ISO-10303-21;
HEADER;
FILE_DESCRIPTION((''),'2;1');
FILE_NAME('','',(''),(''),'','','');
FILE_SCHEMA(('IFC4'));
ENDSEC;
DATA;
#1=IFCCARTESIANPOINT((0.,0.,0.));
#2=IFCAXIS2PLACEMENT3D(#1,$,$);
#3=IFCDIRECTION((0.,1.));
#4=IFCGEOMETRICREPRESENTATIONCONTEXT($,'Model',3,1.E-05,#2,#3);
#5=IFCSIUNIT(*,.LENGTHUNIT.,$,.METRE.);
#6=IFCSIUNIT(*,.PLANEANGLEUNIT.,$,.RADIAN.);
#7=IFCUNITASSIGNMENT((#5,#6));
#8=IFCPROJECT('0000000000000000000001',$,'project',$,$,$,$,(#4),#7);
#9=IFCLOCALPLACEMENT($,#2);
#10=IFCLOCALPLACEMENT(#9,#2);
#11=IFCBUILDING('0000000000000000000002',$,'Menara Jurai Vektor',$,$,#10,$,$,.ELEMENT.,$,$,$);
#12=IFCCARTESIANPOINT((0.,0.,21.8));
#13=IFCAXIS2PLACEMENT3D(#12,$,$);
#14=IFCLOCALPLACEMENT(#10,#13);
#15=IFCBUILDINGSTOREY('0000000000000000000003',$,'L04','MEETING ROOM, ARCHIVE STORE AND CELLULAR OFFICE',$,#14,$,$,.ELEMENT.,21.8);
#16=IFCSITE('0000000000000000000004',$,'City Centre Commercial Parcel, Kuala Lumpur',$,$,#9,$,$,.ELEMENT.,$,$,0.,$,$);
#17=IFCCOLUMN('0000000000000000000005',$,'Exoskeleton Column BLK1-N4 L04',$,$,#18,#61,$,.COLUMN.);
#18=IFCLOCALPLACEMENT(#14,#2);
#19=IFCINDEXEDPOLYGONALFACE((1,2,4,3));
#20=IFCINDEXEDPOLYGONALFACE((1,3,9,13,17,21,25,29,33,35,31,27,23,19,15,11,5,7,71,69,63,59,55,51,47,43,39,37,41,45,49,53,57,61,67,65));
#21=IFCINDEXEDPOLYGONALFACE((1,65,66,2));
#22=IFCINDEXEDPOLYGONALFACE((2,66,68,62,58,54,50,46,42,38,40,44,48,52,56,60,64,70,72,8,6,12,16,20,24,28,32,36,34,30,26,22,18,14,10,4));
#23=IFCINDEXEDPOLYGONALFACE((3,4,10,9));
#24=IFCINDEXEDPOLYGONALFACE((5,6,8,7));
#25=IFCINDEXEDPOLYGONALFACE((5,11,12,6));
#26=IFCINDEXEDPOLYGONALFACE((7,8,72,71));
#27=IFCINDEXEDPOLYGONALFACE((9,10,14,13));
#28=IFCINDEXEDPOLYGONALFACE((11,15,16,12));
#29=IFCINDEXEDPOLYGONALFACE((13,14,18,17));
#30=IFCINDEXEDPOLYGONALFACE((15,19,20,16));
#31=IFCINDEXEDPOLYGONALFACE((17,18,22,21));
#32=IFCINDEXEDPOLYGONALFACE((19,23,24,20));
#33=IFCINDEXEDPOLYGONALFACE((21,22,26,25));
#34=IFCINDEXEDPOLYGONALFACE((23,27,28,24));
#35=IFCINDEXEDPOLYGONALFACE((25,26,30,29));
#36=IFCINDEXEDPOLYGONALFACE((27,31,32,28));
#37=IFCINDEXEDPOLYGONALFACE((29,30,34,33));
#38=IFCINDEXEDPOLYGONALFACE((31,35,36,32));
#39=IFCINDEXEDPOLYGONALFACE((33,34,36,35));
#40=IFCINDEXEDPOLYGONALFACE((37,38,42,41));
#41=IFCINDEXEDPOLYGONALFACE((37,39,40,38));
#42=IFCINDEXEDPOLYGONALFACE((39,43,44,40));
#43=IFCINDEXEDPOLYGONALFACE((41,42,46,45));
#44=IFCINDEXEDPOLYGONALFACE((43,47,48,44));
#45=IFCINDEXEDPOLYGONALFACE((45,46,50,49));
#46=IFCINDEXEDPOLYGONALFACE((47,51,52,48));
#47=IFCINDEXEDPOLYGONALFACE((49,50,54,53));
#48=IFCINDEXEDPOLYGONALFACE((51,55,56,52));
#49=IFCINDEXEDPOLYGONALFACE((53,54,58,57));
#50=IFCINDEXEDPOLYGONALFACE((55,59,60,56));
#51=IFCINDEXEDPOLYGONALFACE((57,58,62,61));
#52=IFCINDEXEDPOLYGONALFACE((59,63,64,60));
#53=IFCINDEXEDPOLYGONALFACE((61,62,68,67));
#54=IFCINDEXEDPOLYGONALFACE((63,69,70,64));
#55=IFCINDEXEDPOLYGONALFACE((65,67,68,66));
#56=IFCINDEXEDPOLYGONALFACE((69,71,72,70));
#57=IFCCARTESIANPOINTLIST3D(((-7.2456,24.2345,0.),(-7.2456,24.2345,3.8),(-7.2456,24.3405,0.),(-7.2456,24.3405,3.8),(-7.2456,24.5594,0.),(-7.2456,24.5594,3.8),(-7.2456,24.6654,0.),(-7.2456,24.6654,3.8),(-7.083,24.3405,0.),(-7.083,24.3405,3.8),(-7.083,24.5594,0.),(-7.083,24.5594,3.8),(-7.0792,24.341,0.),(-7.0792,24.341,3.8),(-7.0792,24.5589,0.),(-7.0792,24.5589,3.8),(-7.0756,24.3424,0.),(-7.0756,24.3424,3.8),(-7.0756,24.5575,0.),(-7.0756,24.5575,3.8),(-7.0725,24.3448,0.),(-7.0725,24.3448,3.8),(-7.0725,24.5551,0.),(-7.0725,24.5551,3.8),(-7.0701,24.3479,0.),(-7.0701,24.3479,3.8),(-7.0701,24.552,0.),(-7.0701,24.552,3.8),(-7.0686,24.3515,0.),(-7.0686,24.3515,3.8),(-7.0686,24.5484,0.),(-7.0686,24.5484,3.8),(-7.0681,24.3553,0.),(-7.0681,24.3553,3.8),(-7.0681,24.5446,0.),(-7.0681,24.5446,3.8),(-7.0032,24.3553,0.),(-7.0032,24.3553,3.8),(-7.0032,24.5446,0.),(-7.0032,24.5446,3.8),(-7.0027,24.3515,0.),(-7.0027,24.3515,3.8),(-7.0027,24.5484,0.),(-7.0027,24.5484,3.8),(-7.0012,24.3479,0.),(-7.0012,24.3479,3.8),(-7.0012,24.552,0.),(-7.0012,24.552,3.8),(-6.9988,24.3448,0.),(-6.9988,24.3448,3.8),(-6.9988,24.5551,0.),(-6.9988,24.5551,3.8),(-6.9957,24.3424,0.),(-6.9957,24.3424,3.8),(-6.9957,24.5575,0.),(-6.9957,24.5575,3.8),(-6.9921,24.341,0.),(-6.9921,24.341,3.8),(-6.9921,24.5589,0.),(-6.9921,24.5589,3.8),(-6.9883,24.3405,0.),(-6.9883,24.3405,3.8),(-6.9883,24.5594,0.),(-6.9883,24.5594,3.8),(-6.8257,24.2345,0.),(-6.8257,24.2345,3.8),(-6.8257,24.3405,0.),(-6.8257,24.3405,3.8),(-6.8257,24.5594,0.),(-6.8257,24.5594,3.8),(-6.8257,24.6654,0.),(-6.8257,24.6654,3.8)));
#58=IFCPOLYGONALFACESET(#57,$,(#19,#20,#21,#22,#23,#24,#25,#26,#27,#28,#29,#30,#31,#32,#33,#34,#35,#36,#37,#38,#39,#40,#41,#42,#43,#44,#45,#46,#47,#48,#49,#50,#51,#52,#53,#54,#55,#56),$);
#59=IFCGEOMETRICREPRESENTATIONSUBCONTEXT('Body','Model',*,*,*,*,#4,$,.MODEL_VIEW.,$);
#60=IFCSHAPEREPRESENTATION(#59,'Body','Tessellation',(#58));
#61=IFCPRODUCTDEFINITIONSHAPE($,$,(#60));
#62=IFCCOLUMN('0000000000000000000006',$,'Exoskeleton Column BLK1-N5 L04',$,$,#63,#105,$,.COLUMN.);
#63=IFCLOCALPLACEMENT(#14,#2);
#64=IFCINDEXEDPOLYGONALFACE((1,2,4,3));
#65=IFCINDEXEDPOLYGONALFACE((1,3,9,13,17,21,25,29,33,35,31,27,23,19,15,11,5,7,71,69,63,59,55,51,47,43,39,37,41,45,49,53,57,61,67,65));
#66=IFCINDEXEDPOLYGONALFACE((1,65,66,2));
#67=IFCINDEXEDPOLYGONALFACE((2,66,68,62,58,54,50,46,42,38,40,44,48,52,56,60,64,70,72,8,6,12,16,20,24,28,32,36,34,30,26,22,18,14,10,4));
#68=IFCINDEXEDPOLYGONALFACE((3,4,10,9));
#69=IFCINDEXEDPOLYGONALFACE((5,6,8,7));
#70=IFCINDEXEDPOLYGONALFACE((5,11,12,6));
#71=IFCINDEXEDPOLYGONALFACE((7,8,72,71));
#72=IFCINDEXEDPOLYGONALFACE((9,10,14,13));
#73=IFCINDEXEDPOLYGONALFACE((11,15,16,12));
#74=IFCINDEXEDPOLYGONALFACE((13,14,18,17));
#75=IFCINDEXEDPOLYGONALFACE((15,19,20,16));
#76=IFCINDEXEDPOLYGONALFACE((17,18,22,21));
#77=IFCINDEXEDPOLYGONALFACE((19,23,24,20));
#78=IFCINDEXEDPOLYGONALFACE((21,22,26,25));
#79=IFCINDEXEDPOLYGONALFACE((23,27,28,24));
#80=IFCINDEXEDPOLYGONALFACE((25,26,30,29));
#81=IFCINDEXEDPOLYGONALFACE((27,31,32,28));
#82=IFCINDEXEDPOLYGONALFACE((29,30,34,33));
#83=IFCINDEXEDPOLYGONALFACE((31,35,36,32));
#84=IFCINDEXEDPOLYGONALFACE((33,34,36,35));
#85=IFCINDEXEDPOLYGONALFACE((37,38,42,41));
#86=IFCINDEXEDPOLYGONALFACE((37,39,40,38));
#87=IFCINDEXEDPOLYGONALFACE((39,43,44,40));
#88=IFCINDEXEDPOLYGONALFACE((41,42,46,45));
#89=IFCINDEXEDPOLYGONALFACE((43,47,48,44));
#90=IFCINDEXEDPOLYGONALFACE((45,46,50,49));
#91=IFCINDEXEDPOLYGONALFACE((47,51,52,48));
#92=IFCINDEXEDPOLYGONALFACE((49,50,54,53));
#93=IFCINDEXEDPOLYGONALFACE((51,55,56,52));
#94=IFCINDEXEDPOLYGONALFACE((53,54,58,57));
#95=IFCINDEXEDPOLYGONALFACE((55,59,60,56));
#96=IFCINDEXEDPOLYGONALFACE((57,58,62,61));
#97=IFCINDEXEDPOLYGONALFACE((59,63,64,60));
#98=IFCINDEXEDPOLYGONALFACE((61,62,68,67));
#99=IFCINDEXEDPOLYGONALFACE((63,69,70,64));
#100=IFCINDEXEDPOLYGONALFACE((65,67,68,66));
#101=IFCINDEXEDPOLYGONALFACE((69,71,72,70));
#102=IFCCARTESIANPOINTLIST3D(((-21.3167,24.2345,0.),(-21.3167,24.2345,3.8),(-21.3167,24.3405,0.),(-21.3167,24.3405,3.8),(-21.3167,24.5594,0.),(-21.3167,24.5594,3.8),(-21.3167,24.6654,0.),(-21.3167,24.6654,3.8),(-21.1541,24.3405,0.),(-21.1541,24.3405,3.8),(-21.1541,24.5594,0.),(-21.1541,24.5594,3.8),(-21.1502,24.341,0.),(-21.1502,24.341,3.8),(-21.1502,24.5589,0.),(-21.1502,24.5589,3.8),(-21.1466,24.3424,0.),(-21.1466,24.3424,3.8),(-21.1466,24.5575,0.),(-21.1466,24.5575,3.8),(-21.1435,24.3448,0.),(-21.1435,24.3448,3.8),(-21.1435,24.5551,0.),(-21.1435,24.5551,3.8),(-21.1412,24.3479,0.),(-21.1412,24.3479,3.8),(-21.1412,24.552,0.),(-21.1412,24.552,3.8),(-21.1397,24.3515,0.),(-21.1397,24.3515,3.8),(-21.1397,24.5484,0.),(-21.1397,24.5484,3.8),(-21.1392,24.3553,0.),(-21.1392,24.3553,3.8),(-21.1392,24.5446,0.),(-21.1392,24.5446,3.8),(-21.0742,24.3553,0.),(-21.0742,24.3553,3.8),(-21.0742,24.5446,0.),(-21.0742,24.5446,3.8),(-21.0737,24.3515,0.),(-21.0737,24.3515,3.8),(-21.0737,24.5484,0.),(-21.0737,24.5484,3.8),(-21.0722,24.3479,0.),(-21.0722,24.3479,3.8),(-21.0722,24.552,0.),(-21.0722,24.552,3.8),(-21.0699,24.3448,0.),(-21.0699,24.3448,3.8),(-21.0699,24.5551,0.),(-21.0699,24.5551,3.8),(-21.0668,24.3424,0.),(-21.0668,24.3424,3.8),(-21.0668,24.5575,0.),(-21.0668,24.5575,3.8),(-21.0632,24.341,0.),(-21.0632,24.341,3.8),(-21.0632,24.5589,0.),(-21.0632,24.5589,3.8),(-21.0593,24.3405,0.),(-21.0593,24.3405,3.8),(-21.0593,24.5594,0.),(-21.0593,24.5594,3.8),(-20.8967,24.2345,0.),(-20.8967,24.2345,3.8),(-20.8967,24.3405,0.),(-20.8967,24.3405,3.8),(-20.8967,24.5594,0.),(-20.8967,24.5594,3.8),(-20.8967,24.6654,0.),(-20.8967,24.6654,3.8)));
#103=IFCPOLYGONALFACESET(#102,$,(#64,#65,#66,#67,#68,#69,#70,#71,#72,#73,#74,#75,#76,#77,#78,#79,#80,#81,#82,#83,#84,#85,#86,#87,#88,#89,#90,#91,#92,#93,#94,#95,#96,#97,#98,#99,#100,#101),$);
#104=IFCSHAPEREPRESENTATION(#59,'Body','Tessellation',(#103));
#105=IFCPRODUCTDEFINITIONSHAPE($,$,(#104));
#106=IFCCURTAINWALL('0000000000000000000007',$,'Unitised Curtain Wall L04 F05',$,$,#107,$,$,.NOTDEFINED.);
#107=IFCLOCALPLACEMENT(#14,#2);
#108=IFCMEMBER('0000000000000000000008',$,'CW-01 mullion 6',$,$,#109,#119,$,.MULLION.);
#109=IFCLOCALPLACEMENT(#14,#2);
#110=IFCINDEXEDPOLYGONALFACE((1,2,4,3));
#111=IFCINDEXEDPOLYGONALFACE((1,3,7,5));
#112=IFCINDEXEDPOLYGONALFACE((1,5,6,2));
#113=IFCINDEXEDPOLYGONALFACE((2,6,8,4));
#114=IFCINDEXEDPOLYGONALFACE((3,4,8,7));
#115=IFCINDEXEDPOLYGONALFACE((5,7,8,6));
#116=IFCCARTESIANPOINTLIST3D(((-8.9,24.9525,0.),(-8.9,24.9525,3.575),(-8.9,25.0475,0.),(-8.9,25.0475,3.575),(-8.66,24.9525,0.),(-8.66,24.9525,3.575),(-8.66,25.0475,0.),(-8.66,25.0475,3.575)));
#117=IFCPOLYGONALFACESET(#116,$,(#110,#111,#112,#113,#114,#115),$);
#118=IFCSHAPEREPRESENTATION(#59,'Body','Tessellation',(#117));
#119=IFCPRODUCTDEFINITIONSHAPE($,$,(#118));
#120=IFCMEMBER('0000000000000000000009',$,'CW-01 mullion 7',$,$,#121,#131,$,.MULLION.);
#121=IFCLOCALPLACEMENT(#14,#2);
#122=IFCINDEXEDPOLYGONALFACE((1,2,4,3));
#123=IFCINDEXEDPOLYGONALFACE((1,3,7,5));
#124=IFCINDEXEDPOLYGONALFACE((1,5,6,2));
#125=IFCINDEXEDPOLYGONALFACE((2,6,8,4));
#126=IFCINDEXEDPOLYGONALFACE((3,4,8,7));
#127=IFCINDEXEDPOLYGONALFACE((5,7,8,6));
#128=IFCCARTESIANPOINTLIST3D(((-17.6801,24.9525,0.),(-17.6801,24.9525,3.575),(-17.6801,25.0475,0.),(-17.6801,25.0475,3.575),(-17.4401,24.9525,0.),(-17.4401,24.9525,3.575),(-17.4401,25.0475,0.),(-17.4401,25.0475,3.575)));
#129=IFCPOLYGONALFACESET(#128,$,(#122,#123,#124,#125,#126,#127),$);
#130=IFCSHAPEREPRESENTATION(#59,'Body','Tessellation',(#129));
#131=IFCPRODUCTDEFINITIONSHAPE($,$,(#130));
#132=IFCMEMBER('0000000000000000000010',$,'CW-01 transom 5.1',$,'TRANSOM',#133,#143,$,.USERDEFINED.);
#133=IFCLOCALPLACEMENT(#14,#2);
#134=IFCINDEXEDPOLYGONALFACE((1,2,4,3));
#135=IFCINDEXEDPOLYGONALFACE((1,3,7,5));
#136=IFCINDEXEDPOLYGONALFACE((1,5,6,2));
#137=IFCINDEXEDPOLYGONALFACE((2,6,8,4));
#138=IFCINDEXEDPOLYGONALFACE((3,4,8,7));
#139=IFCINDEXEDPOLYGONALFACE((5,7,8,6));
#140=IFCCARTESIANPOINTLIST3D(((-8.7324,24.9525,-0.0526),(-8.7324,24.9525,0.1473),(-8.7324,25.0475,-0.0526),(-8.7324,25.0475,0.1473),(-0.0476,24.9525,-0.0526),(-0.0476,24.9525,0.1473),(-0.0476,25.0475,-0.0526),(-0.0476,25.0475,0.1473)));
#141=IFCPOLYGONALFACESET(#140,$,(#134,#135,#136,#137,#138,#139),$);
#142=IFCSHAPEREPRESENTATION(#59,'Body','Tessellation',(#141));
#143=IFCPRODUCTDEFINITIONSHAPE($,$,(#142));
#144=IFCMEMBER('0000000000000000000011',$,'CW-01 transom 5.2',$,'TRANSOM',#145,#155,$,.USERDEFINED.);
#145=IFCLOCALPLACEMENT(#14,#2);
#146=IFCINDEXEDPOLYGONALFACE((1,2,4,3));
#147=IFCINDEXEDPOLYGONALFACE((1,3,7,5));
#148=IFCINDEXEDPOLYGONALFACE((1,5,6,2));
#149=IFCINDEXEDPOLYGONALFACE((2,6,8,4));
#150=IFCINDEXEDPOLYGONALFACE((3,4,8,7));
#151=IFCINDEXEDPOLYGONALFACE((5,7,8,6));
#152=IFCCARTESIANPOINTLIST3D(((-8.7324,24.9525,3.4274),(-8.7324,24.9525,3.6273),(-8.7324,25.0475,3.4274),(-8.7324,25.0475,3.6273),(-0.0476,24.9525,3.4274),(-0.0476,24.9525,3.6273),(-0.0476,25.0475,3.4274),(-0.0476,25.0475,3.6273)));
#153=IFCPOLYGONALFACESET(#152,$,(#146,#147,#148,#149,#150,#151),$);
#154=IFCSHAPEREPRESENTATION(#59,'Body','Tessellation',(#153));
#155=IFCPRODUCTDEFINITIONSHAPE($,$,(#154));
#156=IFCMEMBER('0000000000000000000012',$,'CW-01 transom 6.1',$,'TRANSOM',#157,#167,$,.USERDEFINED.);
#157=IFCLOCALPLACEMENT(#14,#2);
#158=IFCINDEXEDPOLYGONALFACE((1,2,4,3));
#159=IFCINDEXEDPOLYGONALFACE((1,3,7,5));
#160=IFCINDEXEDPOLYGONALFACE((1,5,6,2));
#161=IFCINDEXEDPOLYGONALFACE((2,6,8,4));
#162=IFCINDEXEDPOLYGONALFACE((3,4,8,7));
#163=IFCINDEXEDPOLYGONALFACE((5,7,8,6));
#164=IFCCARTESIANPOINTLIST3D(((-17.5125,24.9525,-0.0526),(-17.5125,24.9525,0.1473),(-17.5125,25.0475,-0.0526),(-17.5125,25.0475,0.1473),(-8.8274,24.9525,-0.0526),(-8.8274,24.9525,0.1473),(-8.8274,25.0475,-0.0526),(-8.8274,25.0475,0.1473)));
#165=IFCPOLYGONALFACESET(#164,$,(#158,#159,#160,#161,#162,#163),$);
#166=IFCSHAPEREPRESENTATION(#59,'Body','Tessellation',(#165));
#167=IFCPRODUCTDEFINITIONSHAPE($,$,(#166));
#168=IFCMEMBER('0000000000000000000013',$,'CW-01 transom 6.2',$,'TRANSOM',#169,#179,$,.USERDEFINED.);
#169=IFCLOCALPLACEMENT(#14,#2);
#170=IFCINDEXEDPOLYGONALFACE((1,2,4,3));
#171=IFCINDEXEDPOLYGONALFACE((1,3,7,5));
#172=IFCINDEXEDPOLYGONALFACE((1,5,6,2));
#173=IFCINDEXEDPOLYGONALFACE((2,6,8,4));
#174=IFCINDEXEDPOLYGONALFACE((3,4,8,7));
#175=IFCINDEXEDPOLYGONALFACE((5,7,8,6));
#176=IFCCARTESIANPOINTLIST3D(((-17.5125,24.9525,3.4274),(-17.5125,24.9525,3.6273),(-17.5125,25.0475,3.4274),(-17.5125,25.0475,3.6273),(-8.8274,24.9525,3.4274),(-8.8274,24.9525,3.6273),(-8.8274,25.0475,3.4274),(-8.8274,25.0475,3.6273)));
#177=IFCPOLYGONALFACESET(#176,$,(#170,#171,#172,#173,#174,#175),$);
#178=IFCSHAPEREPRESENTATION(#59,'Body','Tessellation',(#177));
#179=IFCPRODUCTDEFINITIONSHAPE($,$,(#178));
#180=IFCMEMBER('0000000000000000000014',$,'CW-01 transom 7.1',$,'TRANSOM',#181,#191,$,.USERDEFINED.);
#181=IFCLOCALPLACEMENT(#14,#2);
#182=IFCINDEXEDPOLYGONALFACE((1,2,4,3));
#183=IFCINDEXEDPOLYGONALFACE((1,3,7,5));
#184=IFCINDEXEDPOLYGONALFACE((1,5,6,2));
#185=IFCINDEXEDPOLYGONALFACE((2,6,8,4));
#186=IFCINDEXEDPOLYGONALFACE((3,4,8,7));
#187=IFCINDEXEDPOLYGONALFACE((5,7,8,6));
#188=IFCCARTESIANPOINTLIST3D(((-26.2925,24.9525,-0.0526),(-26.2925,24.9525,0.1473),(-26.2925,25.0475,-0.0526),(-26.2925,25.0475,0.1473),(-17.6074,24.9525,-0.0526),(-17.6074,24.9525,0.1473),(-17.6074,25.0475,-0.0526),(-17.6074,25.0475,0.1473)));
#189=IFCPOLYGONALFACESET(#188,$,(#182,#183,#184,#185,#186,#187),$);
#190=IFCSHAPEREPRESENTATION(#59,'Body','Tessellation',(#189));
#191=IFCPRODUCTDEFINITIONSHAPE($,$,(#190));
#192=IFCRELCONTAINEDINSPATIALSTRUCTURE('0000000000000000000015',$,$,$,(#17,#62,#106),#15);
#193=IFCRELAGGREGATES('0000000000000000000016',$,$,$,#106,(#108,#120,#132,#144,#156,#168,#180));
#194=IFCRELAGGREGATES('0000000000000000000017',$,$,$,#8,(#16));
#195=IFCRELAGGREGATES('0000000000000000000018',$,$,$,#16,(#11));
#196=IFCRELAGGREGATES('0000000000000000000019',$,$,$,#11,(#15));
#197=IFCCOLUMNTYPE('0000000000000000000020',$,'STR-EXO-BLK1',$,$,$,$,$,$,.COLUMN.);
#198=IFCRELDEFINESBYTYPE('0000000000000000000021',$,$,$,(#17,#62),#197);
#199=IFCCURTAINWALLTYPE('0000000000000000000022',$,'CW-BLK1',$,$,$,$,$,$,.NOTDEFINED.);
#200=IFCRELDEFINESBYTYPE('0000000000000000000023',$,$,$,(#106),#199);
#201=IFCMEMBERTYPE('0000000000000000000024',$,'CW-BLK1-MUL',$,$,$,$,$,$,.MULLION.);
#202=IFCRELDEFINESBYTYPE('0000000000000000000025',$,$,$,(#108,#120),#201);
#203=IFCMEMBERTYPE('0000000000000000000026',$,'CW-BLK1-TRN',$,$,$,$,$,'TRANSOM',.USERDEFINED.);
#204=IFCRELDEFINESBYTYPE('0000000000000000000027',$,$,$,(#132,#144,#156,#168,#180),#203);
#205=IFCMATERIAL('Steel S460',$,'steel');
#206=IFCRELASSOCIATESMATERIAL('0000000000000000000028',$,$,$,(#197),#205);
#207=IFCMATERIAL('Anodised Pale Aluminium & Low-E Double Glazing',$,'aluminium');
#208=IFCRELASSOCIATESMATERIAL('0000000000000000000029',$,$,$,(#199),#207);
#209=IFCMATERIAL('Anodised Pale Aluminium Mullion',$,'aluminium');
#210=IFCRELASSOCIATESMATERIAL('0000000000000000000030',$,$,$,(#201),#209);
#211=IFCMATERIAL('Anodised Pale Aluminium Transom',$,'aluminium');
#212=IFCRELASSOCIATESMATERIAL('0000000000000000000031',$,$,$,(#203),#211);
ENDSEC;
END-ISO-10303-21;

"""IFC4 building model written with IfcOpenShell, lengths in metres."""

from ifc_helpers import new_model, si_unit, direction, frame, origin, origin_2d, place, context, subcontext, project, spatial, rectangle, i_section, extrude, material, material_profile, profile_set, type_object, element, aggregate, save


model = new_model("IFC4")

# Units and contexts
model_context = context("Model", 3, precision=1e-05, world=origin(), true_north=direction((0.0, 1.0)))
body_context = subcontext(model_context, "Body", "Model", "MODEL_VIEW")
ifc_project = project(units=[si_unit("LENGTHUNIT", "METRE"), si_unit("PLANEANGLEUNIT", "RADIAN")], contexts=[model_context])

# Site, building, storey
site_placement = place(None, origin())
site = spatial("IfcSite", under=ifc_project, at=site_placement, Name="City Centre Commercial Parcel, Kuala Lumpur", CompositionType="ELEMENT", RefElevation=0.0)
building_placement = place(site_placement, origin())
building = spatial("IfcBuilding", under=site, at=building_placement, Name="Menara Jurai Vektor", CompositionType="ELEMENT")
storey_placement = place(building_placement, frame((0.0, 0.0, 21.8)))
storey = spatial("IfcBuildingStorey", under=building, at=storey_placement, Name="L04", Description="MEETING ROOM, ARCHIVE STORE AND CELLULAR OFFICE", CompositionType="ELEMENT", Elevation=21.8)

# Columns
ifc_material_1 = material(Name="Steel S460", Category="steel")
ifc_material_profile_1 = material_profile(ifc_material_1, i_section(OverallWidth=0.4199, OverallDepth=0.4309, WebThickness=0.0649, FlangeThickness=0.106, FilletRadius=0.0149, at=origin_2d()), Name="HD 400x900")
ifc_profile_set_1 = profile_set([ifc_material_profile_1], Name="Steel S460")
column_type = type_object("IfcColumnType", Name="STR-EXO-BLK1", PredefinedType="COLUMN", material=ifc_profile_set_1)
for number, where, z_axis, x_axis, name in (
    (1, (-7.0356, 24.45, 0.0), (0.0, 0.0, 1.0), (1.0, 0.0, 0.0), "Exoskeleton Column BLK1-N4 L04"),
    (2, (-21.1067, 24.45, 0.0), (0.0, 0.0, 1.0), (1.0, 0.0, 0.0), "Exoskeleton Column BLK1-N5 L04"),
):
    element("IfcColumn", number, at=place(storey_placement, frame(where, z_axis=z_axis, x_axis=x_axis)), inside=storey, type_object=column_type, Name=name, PredefinedType="COLUMN", context=body_context, shape_type="SweptSolid", body=[
        extrude(i_section(OverallWidth=0.4199, OverallDepth=0.4309, WebThickness=0.0649, FlangeThickness=0.106, FilletRadius=0.0149, at=origin_2d()), origin(), (0.0, 0.0, 1.0), 3.8),
    ])

# Curtain wall, members
ifc_material_2 = material(Name="Anodised Pale Aluminium & Low-E Double Glazing", Category="aluminium")
curtain_wall_type = type_object("IfcCurtainWallType", Name="CW-BLK1", PredefinedType="NOTDEFINED", material=ifc_material_2)
curtain_wall_placement = place(storey_placement, origin())
curtain_wall = element("IfcCurtainWall", 3, at=curtain_wall_placement, inside=storey, type_object=curtain_wall_type, Name="Unitised Curtain Wall L04 F05", PredefinedType="NOTDEFINED")
ifc_material_3 = material(Name="Anodised Pale Aluminium Mullion", Category="aluminium")
ifc_material_profile_2 = material_profile(ifc_material_3, rectangle(XDim=0.095, YDim=0.24, at=origin_2d()), Name="ALU MUL 95x240")
ifc_profile_set_2 = profile_set([ifc_material_profile_2], Name="Anodised Pale Aluminium Mullion")
member_type_1 = type_object("IfcMemberType", Name="CW-BLK1-MUL", PredefinedType="MULLION", material=ifc_profile_set_2)
member_1_placement = place(storey_placement, frame((-8.78, 25.0, 0.0), z_axis=(0.0, 0.0, 1.0), x_axis=(0.0, -1.0, 0.0)))
member_1 = element("IfcMember", 4, at=member_1_placement, type_object=member_type_1, Name="CW-01 mullion 6", PredefinedType="MULLION", context=body_context, shape_type="SweptSolid", body=[
    extrude(rectangle(XDim=0.095, YDim=0.24, at=origin_2d()), origin(), (0.0, 0.0, 1.0), 3.575),
])
member_2_placement = place(storey_placement, frame((-17.5601, 25.0, 0.0), z_axis=(0.0, 0.0, 1.0), x_axis=(0.0, -1.0, 0.0)))
member_2 = element("IfcMember", 5, at=member_2_placement, type_object=member_type_1, Name="CW-01 mullion 7", PredefinedType="MULLION", context=body_context, shape_type="SweptSolid", body=[
    extrude(rectangle(XDim=0.095, YDim=0.24, at=origin_2d()), origin(), (0.0, 0.0, 1.0), 3.575),
])
ifc_material_4 = material(Name="Anodised Pale Aluminium Transom", Category="aluminium")
ifc_material_profile_3 = material_profile(ifc_material_4, rectangle(XDim=0.095, YDim=0.2, at=origin_2d()), Name="ALU TRN 95x200")
ifc_profile_set_3 = profile_set([ifc_material_profile_3], Name="Anodised Pale Aluminium Transom")
member_type_2 = type_object("IfcMemberType", Name="CW-BLK1-TRN", ElementType="TRANSOM", PredefinedType="USERDEFINED", material=ifc_profile_set_3)
member_3_placement = place(storey_placement, frame((-0.0476, 25.0, 0.0474), z_axis=(-1.0, 0.0, 0.0), x_axis=(0.0, -1.0, 0.0)))
member_3 = element("IfcMember", 6, at=member_3_placement, type_object=member_type_2, Name="CW-01 transom 5.1", ObjectType="TRANSOM", PredefinedType="USERDEFINED", context=body_context, shape_type="SweptSolid", body=[
    extrude(rectangle(XDim=0.095, YDim=0.2, at=origin_2d()), origin(), (0.0, 0.0, 1.0), 8.6848),
])
member_4_placement = place(storey_placement, frame((-0.0476, 25.0, 3.5273), z_axis=(-1.0, 0.0, 0.0), x_axis=(0.0, -1.0, 0.0)))
member_4 = element("IfcMember", 7, at=member_4_placement, type_object=member_type_2, Name="CW-01 transom 5.2", ObjectType="TRANSOM", PredefinedType="USERDEFINED", context=body_context, shape_type="SweptSolid", body=[
    extrude(rectangle(XDim=0.095, YDim=0.2, at=origin_2d()), origin(), (0.0, 0.0, 1.0), 8.6848),
])
member_5_placement = place(storey_placement, frame((-8.8274, 25.0, 0.0474), z_axis=(-1.0, 0.0, 0.0), x_axis=(0.0, -1.0, 0.0)))
member_5 = element("IfcMember", 8, at=member_5_placement, type_object=member_type_2, Name="CW-01 transom 6.1", ObjectType="TRANSOM", PredefinedType="USERDEFINED", context=body_context, shape_type="SweptSolid", body=[
    extrude(rectangle(XDim=0.095, YDim=0.2, at=origin_2d()), origin(), (0.0, 0.0, 1.0), 8.6851),
])
member_6_placement = place(storey_placement, frame((-8.8274, 25.0, 3.5273), z_axis=(-1.0, 0.0, 0.0), x_axis=(0.0, -1.0, 0.0)))
member_6 = element("IfcMember", 9, at=member_6_placement, type_object=member_type_2, Name="CW-01 transom 6.2", ObjectType="TRANSOM", PredefinedType="USERDEFINED", context=body_context, shape_type="SweptSolid", body=[
    extrude(rectangle(XDim=0.095, YDim=0.2, at=origin_2d()), origin(), (0.0, 0.0, 1.0), 8.6851),
])
member_7_placement = place(storey_placement, frame((-17.6074, 25.0, 0.0474), z_axis=(-1.0, 0.0, 0.0), x_axis=(0.0, -1.0, 0.0)))
member_7 = element("IfcMember", 10, at=member_7_placement, type_object=member_type_2, Name="CW-01 transom 7.1", ObjectType="TRANSOM", PredefinedType="USERDEFINED", context=body_context, shape_type="SweptSolid", body=[
    extrude(rectangle(XDim=0.095, YDim=0.2, at=origin_2d()), origin(), (0.0, 0.0, 1.0), 8.6851),
])

aggregate(curtain_wall, [member_1, member_2, member_3, member_4, member_5, member_6, member_7])

save(model, "model.ifc")
